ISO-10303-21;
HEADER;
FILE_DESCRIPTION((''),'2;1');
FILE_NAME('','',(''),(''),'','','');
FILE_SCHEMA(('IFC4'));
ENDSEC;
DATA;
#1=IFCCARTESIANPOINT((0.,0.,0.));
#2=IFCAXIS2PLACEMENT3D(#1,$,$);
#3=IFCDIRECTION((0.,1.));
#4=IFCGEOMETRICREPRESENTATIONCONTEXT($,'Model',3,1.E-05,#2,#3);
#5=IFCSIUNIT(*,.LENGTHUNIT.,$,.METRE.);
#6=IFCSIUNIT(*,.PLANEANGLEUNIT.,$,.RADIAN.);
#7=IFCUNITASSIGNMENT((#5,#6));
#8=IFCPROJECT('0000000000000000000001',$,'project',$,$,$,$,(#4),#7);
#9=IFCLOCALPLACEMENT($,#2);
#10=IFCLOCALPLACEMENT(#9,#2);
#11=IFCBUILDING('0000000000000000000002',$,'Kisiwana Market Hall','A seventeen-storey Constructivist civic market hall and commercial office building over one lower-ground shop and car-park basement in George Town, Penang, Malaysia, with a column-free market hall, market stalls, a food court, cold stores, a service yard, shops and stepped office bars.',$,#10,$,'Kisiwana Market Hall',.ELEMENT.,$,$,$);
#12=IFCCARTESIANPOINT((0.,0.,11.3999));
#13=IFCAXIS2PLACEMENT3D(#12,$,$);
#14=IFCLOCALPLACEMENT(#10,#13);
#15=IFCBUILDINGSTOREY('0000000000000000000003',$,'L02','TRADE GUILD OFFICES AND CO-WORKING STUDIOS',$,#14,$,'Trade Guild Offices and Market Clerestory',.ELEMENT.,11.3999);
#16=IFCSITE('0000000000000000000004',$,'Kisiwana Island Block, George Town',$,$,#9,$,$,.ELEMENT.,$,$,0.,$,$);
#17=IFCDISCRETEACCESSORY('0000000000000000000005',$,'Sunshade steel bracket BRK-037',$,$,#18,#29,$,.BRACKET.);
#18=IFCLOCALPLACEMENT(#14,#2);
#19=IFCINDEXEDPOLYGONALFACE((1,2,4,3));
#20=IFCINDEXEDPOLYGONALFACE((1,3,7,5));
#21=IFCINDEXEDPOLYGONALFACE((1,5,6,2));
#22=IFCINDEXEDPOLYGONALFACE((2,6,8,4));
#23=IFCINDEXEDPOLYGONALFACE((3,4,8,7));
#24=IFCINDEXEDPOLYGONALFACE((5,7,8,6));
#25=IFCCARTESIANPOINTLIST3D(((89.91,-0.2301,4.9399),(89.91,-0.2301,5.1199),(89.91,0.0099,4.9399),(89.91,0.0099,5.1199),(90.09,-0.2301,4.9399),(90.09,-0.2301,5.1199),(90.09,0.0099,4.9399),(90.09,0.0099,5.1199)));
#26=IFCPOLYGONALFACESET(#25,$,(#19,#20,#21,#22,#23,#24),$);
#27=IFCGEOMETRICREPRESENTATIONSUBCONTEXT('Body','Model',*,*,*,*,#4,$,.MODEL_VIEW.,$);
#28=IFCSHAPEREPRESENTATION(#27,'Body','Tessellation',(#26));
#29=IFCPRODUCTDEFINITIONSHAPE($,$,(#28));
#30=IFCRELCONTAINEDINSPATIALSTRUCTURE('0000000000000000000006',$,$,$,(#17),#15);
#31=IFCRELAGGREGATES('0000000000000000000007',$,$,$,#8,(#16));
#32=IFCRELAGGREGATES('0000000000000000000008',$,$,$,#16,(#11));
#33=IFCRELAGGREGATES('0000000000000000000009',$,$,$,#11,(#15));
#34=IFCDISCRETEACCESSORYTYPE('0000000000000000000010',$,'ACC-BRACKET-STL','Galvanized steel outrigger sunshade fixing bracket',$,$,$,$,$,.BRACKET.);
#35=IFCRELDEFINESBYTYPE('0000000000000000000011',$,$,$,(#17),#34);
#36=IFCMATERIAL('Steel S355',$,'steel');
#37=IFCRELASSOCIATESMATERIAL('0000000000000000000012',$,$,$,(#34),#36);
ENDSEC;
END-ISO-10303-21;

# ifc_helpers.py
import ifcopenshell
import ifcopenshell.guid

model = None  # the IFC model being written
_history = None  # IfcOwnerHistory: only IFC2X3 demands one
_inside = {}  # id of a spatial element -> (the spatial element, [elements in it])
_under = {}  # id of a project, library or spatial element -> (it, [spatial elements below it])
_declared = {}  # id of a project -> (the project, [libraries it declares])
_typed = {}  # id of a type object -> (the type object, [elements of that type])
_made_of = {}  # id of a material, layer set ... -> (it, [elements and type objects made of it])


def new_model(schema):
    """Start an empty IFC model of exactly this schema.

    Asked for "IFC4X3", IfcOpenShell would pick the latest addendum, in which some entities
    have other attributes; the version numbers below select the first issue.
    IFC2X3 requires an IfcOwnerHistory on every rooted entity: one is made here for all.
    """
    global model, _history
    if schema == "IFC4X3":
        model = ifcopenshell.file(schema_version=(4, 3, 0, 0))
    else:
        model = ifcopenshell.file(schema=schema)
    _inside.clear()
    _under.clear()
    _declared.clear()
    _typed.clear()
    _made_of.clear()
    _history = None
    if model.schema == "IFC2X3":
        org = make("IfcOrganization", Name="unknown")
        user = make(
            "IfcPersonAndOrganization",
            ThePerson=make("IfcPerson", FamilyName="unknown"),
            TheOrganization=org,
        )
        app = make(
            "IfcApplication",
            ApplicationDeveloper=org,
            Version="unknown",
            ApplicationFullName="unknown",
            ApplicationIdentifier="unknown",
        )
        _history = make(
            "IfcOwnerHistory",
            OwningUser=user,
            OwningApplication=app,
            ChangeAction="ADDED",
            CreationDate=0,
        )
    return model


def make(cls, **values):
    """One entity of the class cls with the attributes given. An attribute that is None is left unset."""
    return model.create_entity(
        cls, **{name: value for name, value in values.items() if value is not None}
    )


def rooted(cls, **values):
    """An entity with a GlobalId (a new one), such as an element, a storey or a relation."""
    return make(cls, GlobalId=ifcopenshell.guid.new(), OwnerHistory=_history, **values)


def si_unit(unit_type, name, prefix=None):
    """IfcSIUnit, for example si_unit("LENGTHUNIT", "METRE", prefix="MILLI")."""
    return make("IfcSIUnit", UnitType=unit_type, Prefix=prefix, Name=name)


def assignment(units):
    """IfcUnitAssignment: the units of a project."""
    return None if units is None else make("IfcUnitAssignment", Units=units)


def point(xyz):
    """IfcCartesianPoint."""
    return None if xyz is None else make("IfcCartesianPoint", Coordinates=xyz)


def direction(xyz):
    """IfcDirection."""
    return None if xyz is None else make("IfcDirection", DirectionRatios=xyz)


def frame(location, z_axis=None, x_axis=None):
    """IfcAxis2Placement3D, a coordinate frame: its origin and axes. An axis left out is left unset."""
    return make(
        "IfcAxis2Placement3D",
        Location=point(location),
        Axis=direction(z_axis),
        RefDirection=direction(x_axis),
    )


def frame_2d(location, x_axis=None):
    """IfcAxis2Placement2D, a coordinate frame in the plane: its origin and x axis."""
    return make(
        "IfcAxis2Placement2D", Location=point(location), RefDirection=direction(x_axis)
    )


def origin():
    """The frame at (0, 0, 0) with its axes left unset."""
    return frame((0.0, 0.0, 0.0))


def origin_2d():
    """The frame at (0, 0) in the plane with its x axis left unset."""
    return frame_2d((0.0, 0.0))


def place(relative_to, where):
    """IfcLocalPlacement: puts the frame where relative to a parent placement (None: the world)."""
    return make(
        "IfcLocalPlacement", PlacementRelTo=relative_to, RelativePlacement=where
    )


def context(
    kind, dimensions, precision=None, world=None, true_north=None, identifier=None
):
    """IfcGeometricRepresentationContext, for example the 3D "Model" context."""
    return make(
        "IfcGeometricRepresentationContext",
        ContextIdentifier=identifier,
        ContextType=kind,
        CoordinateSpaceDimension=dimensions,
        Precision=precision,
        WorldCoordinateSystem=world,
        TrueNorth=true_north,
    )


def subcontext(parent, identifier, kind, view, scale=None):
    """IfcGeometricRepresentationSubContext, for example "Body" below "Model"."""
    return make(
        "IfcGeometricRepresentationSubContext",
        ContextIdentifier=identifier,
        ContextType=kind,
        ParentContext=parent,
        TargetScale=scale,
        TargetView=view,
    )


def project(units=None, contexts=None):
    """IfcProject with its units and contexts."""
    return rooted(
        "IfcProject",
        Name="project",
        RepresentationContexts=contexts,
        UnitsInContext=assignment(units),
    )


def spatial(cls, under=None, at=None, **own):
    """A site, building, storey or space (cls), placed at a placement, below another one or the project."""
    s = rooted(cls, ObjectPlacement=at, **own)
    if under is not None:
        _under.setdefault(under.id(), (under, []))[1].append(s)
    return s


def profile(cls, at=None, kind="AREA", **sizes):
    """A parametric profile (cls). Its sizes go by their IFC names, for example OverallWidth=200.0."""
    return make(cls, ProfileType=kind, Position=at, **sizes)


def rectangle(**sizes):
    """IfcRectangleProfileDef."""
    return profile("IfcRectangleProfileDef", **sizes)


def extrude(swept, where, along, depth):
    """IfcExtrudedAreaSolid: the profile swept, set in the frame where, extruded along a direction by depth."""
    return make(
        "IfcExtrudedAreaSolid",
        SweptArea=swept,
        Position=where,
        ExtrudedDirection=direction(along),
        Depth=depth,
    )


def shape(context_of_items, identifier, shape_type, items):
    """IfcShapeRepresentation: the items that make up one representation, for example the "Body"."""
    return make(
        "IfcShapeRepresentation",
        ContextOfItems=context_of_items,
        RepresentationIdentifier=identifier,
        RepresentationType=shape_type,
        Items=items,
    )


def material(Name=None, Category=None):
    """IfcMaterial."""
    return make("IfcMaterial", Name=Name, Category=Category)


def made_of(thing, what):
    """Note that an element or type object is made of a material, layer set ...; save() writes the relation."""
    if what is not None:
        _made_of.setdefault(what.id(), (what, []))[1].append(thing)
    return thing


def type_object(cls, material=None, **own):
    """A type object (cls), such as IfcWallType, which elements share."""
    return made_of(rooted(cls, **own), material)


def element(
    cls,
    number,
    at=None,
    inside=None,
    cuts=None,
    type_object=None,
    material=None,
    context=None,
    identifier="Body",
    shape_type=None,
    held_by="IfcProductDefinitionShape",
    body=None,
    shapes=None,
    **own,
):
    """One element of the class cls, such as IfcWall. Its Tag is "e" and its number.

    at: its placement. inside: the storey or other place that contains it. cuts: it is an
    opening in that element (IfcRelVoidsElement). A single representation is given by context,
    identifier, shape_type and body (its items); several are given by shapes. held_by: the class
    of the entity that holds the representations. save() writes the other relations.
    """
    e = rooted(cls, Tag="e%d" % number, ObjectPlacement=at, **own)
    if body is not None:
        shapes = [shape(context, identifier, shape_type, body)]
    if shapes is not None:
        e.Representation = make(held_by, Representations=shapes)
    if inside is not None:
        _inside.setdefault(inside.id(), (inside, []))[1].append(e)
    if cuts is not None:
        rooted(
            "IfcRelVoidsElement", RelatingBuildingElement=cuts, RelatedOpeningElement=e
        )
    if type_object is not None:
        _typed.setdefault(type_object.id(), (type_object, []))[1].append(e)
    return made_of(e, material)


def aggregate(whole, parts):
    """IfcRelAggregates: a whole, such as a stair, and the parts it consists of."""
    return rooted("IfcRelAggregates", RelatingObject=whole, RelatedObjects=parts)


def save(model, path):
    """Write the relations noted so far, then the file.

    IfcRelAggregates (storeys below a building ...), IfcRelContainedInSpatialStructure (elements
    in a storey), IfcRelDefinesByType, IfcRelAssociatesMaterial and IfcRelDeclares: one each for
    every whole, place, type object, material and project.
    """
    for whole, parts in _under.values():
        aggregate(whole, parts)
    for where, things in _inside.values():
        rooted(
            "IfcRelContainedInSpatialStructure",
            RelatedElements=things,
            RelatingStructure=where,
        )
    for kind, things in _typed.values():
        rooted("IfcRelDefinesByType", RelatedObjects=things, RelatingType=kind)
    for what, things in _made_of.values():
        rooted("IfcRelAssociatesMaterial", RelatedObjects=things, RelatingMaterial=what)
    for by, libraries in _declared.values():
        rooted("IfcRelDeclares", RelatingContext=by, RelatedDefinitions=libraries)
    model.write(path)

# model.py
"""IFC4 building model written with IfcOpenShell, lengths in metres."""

from ifc_helpers import new_model, si_unit, direction, frame, origin, origin_2d, place, context, subcontext, project, spatial, rectangle, extrude, material, type_object, element, save


model = new_model("IFC4")

# Units and contexts
model_context = context("Model", 3, precision=1e-05, world=origin(), true_north=direction((0.0, 1.0)))
body_context = subcontext(model_context, "Body", "Model", "MODEL_VIEW")
ifc_project = project(units=[si_unit("LENGTHUNIT", "METRE"), si_unit("PLANEANGLEUNIT", "RADIAN")], contexts=[model_context])

# Site, building, storey
site_placement = place(None, origin())
site = spatial("IfcSite", under=ifc_project, at=site_placement, Name="Kisiwana Island Block, George Town", CompositionType="ELEMENT", RefElevation=0.0)
building_placement = place(site_placement, origin())
building = spatial("IfcBuilding", under=site, at=building_placement, Name="Kisiwana Market Hall", Description="A seventeen-storey Constructivist civic market hall and commercial office building over one lower-ground shop and car-park basement in George Town, Penang, Malaysia, with a column-free market hall, market stalls, a food court, cold stores, a service yard, shops and stepped office bars.", LongName="Kisiwana Market Hall", CompositionType="ELEMENT")
storey_placement = place(building_placement, frame((0.0, 0.0, 11.3999)))
storey = spatial("IfcBuildingStorey", under=building, at=storey_placement, Name="L02", Description="TRADE GUILD OFFICES AND CO-WORKING STUDIOS", LongName="Trade Guild Offices and Market Clerestory", CompositionType="ELEMENT", Elevation=11.3999)

# Discrete accessory
ifc_material_1 = material(Name="Steel S355", Category="steel")
discrete_accessory_type = type_object("IfcDiscreteAccessoryType", Name="ACC-BRACKET-STL", Description="Galvanized steel outrigger sunshade fixing bracket", PredefinedType="BRACKET", material=ifc_material_1)
discrete_accessory_placement = place(storey_placement, frame((90.0, -0.1101, 4.9399), z_axis=(0.0, 0.0, 1.0), x_axis=(1.0, 0.0, 0.0)))
element("IfcDiscreteAccessory", 1, at=discrete_accessory_placement, inside=storey, type_object=discrete_accessory_type, Name="Sunshade steel bracket BRK-037", PredefinedType="BRACKET", context=body_context, shape_type="SweptSolid", body=[
    extrude(rectangle(XDim=0.1799, YDim=0.24, at=origin_2d()), origin(), (0.0, 0.0, 1.0), 0.1799),
])

save(model, "model.ifc")
